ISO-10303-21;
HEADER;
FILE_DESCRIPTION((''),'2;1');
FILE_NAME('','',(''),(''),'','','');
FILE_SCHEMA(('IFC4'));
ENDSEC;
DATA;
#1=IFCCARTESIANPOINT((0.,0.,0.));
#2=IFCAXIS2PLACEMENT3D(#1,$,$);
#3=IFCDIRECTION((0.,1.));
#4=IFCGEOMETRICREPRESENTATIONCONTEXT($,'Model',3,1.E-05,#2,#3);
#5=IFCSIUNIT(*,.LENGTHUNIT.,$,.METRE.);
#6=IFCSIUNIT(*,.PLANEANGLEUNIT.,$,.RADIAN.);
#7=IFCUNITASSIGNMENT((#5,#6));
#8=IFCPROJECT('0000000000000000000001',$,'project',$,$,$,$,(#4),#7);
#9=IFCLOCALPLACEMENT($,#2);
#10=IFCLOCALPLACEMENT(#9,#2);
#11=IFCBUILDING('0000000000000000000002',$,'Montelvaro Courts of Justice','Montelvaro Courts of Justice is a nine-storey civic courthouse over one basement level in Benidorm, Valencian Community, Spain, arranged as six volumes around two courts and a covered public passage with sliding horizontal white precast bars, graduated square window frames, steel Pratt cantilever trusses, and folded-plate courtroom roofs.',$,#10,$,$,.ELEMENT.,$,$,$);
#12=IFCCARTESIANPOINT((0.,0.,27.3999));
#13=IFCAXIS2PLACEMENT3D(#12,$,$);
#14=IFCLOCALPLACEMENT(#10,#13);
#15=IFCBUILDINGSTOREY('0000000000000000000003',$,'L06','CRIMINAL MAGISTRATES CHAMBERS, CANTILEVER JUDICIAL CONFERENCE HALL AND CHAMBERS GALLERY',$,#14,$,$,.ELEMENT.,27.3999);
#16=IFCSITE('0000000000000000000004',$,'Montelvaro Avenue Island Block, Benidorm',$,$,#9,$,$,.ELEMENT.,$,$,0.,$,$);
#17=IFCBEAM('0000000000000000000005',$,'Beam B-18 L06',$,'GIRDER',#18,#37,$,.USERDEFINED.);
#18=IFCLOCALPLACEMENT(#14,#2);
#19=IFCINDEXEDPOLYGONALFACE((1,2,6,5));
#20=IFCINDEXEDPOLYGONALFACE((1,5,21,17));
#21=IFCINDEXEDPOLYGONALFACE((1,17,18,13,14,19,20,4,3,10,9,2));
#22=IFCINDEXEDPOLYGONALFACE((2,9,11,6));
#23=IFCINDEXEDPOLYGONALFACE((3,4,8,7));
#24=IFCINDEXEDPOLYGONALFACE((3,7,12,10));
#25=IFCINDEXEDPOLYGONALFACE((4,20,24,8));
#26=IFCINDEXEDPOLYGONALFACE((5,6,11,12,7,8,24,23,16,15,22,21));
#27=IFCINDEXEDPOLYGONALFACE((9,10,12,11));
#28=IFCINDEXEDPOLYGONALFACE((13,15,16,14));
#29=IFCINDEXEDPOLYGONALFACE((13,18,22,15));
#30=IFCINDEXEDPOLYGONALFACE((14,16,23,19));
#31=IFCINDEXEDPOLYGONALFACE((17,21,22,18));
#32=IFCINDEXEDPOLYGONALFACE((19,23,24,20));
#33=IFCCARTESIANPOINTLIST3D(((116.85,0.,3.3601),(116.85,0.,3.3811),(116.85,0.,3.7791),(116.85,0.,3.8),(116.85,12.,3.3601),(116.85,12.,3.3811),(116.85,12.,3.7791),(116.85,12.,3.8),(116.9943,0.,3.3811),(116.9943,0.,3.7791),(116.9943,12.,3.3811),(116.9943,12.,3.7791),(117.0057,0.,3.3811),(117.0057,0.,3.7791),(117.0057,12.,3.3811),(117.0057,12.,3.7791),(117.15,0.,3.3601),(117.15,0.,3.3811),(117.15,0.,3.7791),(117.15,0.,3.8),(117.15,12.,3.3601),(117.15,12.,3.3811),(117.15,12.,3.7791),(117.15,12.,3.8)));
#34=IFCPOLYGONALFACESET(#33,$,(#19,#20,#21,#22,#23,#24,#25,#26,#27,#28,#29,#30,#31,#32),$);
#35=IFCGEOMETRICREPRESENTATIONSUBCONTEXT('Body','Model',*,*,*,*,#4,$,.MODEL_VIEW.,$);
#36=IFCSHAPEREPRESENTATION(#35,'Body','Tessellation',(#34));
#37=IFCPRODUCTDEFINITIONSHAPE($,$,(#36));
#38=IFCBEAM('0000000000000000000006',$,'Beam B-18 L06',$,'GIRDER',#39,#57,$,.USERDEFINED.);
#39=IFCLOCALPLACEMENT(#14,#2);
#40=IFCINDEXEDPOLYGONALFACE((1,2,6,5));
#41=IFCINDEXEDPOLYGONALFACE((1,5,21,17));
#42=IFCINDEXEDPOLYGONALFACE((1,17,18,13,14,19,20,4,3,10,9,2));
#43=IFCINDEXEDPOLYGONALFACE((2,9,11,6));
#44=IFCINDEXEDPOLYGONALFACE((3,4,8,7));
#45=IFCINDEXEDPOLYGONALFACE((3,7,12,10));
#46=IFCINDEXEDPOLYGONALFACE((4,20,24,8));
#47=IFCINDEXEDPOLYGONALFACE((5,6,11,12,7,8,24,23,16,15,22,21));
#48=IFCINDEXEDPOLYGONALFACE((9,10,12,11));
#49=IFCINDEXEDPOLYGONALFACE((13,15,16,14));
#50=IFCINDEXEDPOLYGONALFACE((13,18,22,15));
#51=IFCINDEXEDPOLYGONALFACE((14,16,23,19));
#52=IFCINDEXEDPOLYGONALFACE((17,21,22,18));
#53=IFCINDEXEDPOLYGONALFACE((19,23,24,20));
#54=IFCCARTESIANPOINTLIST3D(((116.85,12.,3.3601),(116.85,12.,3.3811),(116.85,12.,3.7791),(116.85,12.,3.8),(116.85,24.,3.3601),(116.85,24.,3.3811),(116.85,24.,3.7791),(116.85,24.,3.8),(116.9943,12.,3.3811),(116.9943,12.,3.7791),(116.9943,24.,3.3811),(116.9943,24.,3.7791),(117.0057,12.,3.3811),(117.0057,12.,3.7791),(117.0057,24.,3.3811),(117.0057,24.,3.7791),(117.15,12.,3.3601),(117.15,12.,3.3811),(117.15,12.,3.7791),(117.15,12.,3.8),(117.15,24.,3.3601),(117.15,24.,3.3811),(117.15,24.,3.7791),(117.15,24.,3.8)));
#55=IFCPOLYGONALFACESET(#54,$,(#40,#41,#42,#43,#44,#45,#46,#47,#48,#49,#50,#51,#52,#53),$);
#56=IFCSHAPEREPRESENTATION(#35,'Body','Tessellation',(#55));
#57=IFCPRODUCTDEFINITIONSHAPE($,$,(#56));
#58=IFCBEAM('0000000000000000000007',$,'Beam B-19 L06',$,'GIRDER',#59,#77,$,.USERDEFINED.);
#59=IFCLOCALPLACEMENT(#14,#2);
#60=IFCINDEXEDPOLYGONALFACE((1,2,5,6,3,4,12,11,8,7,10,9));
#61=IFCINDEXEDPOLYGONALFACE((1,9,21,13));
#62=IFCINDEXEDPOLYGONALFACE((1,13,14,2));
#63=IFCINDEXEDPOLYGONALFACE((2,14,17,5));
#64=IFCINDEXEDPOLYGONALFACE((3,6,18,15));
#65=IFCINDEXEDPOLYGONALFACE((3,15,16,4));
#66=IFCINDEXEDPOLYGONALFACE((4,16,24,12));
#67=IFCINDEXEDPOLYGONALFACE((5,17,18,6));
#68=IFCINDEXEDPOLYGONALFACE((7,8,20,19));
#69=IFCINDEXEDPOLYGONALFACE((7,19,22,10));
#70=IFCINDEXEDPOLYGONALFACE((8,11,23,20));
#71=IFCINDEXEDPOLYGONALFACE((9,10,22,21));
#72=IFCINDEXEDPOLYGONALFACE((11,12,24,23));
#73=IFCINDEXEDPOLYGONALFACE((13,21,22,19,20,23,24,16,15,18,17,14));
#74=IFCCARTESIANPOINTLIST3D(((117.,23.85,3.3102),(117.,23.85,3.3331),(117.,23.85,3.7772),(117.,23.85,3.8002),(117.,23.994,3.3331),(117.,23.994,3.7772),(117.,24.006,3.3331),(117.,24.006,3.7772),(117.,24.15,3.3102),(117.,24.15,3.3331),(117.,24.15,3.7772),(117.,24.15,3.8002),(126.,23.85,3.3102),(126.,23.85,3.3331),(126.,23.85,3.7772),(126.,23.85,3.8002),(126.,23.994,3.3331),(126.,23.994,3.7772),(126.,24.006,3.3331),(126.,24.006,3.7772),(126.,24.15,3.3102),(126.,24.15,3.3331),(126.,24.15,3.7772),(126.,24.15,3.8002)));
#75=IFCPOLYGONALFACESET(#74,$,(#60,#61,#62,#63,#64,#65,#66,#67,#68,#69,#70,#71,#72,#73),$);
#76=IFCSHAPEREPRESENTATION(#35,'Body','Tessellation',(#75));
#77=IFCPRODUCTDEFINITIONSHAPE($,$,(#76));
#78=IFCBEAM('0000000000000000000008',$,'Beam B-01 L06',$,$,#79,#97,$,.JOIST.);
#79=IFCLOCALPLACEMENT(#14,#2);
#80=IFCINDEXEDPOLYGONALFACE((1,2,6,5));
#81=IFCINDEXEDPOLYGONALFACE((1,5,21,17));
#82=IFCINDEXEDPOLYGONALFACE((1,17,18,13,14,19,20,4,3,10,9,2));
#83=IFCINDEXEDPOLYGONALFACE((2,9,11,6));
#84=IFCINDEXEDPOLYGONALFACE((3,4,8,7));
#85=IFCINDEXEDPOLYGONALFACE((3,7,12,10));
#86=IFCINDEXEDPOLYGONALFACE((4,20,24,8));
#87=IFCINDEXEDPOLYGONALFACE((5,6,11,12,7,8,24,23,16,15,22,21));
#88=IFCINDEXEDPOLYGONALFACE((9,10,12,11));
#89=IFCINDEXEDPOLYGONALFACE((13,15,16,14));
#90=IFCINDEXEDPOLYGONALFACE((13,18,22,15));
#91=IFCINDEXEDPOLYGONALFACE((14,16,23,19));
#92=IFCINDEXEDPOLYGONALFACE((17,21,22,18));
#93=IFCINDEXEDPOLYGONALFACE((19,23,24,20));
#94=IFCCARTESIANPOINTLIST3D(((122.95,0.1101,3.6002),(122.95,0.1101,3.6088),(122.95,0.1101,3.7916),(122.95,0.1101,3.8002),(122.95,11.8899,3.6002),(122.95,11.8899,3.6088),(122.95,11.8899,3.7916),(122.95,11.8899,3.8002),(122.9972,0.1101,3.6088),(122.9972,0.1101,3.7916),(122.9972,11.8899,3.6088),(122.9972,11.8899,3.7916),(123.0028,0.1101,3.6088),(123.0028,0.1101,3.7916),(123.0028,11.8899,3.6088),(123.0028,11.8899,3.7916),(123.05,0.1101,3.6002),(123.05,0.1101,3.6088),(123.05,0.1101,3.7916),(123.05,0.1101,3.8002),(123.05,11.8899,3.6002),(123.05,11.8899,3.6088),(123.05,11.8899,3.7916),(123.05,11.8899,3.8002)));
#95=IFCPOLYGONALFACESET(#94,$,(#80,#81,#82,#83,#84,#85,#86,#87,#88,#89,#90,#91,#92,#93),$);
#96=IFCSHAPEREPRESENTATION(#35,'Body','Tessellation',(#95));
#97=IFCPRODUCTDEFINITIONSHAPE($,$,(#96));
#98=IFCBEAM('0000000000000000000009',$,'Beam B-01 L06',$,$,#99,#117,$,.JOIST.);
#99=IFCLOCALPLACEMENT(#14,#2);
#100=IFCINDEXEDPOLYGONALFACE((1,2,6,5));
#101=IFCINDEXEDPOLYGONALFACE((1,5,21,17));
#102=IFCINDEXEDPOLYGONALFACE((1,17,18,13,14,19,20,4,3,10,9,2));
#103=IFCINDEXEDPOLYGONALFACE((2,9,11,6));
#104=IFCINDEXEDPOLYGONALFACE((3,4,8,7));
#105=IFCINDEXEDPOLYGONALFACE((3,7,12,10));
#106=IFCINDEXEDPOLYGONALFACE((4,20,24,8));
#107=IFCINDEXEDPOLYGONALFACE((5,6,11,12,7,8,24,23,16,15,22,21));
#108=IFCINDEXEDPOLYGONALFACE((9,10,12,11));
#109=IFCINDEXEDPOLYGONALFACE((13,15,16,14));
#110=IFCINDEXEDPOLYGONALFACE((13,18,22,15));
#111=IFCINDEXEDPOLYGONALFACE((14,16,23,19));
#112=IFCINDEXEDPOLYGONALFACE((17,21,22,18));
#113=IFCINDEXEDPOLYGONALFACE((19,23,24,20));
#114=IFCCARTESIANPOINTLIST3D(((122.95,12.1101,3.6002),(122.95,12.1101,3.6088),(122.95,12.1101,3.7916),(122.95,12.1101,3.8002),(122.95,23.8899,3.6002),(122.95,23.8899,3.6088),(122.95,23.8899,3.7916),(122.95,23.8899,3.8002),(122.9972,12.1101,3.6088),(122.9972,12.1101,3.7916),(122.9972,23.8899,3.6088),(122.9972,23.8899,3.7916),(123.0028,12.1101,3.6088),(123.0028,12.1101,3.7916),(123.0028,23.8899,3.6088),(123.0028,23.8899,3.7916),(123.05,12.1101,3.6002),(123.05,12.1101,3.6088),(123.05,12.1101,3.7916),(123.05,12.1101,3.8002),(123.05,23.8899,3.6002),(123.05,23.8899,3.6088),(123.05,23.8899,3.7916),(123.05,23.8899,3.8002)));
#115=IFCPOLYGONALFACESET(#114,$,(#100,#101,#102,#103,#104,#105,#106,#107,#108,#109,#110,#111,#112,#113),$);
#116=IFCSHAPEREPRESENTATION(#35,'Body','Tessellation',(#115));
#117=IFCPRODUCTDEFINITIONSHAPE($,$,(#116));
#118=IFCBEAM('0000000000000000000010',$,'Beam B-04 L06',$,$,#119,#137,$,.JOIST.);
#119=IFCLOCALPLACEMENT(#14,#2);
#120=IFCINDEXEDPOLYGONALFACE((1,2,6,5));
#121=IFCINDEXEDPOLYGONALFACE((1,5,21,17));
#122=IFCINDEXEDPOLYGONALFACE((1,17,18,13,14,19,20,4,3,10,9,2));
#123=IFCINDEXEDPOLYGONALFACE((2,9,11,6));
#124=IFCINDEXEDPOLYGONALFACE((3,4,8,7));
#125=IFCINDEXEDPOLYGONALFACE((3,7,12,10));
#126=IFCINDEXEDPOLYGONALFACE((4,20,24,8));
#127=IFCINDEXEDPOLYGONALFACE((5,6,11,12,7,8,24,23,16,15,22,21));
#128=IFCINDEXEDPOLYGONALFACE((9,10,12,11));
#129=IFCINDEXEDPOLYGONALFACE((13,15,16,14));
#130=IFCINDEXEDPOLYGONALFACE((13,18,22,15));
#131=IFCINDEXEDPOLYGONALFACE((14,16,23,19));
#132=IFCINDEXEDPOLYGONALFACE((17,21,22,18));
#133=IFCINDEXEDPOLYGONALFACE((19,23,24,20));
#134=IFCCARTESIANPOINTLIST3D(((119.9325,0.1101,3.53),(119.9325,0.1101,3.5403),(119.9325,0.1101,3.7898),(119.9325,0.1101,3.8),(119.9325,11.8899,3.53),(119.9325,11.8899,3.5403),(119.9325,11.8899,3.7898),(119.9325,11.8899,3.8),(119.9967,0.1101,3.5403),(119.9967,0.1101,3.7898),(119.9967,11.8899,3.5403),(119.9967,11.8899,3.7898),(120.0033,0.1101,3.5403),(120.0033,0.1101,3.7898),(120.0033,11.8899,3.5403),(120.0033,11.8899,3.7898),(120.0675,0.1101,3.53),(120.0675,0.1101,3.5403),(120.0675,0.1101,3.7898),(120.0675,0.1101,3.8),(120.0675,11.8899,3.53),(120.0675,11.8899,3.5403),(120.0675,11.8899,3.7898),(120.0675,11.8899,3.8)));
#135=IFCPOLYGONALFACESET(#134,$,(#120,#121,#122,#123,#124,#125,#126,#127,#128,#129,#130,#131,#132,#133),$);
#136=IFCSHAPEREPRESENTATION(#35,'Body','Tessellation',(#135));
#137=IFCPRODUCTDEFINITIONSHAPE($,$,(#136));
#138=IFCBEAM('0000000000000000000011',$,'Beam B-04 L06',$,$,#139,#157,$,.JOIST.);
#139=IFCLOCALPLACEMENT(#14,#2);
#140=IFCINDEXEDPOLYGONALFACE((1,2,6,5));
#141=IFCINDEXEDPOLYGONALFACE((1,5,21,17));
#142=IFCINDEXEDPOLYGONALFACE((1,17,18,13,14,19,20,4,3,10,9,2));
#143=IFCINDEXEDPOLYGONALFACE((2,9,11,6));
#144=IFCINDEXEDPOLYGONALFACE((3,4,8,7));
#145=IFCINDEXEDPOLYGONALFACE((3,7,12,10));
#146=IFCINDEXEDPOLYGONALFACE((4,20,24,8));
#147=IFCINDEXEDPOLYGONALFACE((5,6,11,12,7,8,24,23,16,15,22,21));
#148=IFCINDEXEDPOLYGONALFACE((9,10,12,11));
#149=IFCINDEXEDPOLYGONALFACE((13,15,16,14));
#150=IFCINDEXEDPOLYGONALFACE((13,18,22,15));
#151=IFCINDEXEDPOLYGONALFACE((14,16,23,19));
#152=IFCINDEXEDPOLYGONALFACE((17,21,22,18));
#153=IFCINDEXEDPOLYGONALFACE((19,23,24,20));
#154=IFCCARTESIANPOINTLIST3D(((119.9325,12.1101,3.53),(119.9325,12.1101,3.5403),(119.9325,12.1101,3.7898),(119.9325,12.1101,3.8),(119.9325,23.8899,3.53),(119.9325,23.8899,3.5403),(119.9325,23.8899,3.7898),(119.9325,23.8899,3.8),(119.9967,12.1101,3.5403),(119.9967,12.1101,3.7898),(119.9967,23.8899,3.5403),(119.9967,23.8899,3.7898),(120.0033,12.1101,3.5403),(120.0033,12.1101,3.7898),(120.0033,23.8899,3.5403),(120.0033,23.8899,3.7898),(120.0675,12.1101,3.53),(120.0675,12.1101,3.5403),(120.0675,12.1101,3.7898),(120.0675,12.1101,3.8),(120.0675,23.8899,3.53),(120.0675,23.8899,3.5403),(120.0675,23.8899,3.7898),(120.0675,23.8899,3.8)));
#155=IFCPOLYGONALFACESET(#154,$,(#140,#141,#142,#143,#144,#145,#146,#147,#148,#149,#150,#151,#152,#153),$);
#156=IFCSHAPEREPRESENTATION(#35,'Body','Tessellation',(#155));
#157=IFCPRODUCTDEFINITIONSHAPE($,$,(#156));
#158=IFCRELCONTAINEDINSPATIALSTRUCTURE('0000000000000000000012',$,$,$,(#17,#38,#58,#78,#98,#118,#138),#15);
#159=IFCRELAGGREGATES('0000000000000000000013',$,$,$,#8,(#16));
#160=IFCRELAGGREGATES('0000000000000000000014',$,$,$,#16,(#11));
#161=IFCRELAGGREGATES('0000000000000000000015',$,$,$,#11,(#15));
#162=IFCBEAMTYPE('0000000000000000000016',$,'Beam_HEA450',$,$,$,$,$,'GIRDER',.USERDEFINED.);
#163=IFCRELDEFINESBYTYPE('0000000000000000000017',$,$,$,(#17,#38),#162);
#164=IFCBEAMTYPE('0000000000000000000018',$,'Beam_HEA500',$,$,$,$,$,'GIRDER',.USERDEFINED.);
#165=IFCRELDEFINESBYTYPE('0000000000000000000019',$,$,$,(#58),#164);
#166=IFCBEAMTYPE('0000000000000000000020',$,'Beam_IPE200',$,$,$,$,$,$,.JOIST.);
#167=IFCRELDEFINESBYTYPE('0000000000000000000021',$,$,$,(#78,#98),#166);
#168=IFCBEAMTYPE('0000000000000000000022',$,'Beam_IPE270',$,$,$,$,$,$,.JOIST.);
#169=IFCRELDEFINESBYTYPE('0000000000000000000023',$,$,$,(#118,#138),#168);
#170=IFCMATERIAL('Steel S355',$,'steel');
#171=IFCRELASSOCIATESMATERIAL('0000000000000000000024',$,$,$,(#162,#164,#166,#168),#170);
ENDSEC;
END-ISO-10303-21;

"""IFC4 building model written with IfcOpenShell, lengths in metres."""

from ifc_helpers import new_model, si_unit, direction, frame, origin, origin_2d, place, context, subcontext, project, spatial, i_section, extrude, material, material_profile, profile_set, type_object, element, save


model = new_model("IFC4")

# Units and contexts
model_context = context("Model", 3, precision=1e-05, world=origin(), true_north=direction((0.0, 1.0)))
body_context = subcontext(model_context, "Body", "Model", "MODEL_VIEW")
ifc_project = project(units=[si_unit("LENGTHUNIT", "METRE"), si_unit("PLANEANGLEUNIT", "RADIAN")], contexts=[model_context])

# Site, building, storey
site_placement = place(None, origin())
site = spatial("IfcSite", under=ifc_project, at=site_placement, Name="Montelvaro Avenue Island Block, Benidorm", CompositionType="ELEMENT", RefElevation=0.0)
building_placement = place(site_placement, origin())
building = spatial("IfcBuilding", under=site, at=building_placement, Name="Montelvaro Courts of Justice", Description="Montelvaro Courts of Justice is a nine-storey civic courthouse over one basement level in Benidorm, Valencian Community, Spain, arranged as six volumes around two courts and a covered public passage with sliding horizontal white precast bars, graduated square window frames, steel Pratt cantilever trusses, and folded-plate courtroom roofs.", CompositionType="ELEMENT")
storey_placement = place(building_placement, frame((0.0, 0.0, 27.3999)))
storey = spatial("IfcBuildingStorey", under=building, at=storey_placement, Name="L06", Description="CRIMINAL MAGISTRATES CHAMBERS, CANTILEVER JUDICIAL CONFERENCE HALL AND CHAMBERS GALLERY", CompositionType="ELEMENT", Elevation=27.3999)

# Beams
ifc_material_1 = material(Name="Steel S355", Category="steel")
ifc_material_profile_1 = material_profile(ifc_material_1, i_section(OverallWidth=0.3, OverallDepth=0.4399, WebThickness=0.0115, FlangeThickness=0.021, at=origin_2d()), Name="HEA 450")
ifc_profile_set_1 = profile_set([ifc_material_profile_1], Name="Steel S355")
beam_type_1 = type_object("IfcBeamType", Name="Beam_HEA450", ElementType="GIRDER", PredefinedType="USERDEFINED", material=ifc_profile_set_1)
for number, where, z_axis, x_axis, name in (
    (1, (117.0, 0.0, 3.5801), (0.0, 1.0, 0.0), (-1.0, 0.0, 0.0), "Beam B-18 L06"),
    (2, (117.0, 12.0, 3.5801), (0.0, 1.0, 0.0), (-1.0, 0.0, 0.0), "Beam B-18 L06"),
):
    element("IfcBeam", number, at=place(storey_placement, frame(where, z_axis=z_axis, x_axis=x_axis)), inside=storey, type_object=beam_type_1, Name=name, ObjectType="GIRDER", PredefinedType="USERDEFINED", context=body_context, shape_type="SweptSolid", body=[
        extrude(i_section(OverallWidth=0.3, OverallDepth=0.4399, WebThickness=0.0115, FlangeThickness=0.021, at=origin_2d()), origin(), (0.0, 0.0, 1.0), 12.0),
    ])
ifc_material_profile_2 = material_profile(ifc_material_1, i_section(OverallWidth=0.3, OverallDepth=0.49, WebThickness=0.012, FlangeThickness=0.0229, at=origin_2d()), Name="HEA 500")
ifc_profile_set_2 = profile_set([ifc_material_profile_2], Name="Steel S355")
beam_type_2 = type_object("IfcBeamType", Name="Beam_HEA500", ElementType="GIRDER", PredefinedType="USERDEFINED", material=ifc_profile_set_2)
beam_placement = place(storey_placement, frame((117.0, 24.0, 3.5552), z_axis=(1.0, 0.0, 0.0), x_axis=(0.0, 1.0, 0.0)))
element("IfcBeam", 3, at=beam_placement, inside=storey, type_object=beam_type_2, Name="Beam B-19 L06", ObjectType="GIRDER", PredefinedType="USERDEFINED", context=body_context, shape_type="SweptSolid", body=[
    extrude(i_section(OverallWidth=0.3, OverallDepth=0.49, WebThickness=0.012, FlangeThickness=0.0229, at=origin_2d()), origin(), (0.0, 0.0, 1.0), 9.0),
])
ifc_material_profile_3 = material_profile(ifc_material_1, i_section(OverallWidth=0.1001, OverallDepth=0.2, WebThickness=0.0056, FlangeThickness=0.0085, at=origin_2d()), Name="IPE 200")
ifc_profile_set_3 = profile_set([ifc_material_profile_3], Name="Steel S355")
beam_type_3 = type_object("IfcBeamType", Name="Beam_IPE200", PredefinedType="JOIST", material=ifc_profile_set_3)
for number, where, z_axis, x_axis, name in (
    (4, (123.0, 0.1101, 3.7002), (0.0, 1.0, 0.0), (-1.0, 0.0, 0.0), "Beam B-01 L06"),
    (5, (123.0, 12.1101, 3.7002), (0.0, 1.0, 0.0), (-1.0, 0.0, 0.0), "Beam B-01 L06"),
):
    element("IfcBeam", number, at=place(storey_placement, frame(where, z_axis=z_axis, x_axis=x_axis)), inside=storey, type_object=beam_type_3, Name=name, PredefinedType="JOIST", context=body_context, shape_type="SweptSolid", body=[
        extrude(i_section(OverallWidth=0.1001, OverallDepth=0.2, WebThickness=0.0056, FlangeThickness=0.0085, at=origin_2d()), origin(), (0.0, 0.0, 1.0), 11.7798),
    ])
ifc_material_profile_4 = material_profile(ifc_material_1, i_section(OverallWidth=0.135, OverallDepth=0.27, WebThickness=0.0066, FlangeThickness=0.0103, at=origin_2d()), Name="IPE 270")
ifc_profile_set_4 = profile_set([ifc_material_profile_4], Name="Steel S355")
beam_type_4 = type_object("IfcBeamType", Name="Beam_IPE270", PredefinedType="JOIST", material=ifc_profile_set_4)
for number, where, z_axis, x_axis, name in (
    (6, (120.0, 0.1101, 3.665), (0.0, 1.0, 0.0), (-1.0, 0.0, 0.0), "Beam B-04 L06"),
    (7, (120.0, 12.1101, 3.665), (0.0, 1.0, 0.0), (-1.0, 0.0, 0.0), "Beam B-04 L06"),
):
    element("IfcBeam", number, at=place(storey_placement, frame(where, z_axis=z_axis, x_axis=x_axis)), inside=storey, type_object=beam_type_4, Name=name, PredefinedType="JOIST", context=body_context, shape_type="SweptSolid", body=[
        extrude(i_section(OverallWidth=0.135, OverallDepth=0.27, WebThickness=0.0066, FlangeThickness=0.0103, at=origin_2d()), origin(), (0.0, 0.0, 1.0), 11.7798),
    ])

save(model, "model.ifc")
